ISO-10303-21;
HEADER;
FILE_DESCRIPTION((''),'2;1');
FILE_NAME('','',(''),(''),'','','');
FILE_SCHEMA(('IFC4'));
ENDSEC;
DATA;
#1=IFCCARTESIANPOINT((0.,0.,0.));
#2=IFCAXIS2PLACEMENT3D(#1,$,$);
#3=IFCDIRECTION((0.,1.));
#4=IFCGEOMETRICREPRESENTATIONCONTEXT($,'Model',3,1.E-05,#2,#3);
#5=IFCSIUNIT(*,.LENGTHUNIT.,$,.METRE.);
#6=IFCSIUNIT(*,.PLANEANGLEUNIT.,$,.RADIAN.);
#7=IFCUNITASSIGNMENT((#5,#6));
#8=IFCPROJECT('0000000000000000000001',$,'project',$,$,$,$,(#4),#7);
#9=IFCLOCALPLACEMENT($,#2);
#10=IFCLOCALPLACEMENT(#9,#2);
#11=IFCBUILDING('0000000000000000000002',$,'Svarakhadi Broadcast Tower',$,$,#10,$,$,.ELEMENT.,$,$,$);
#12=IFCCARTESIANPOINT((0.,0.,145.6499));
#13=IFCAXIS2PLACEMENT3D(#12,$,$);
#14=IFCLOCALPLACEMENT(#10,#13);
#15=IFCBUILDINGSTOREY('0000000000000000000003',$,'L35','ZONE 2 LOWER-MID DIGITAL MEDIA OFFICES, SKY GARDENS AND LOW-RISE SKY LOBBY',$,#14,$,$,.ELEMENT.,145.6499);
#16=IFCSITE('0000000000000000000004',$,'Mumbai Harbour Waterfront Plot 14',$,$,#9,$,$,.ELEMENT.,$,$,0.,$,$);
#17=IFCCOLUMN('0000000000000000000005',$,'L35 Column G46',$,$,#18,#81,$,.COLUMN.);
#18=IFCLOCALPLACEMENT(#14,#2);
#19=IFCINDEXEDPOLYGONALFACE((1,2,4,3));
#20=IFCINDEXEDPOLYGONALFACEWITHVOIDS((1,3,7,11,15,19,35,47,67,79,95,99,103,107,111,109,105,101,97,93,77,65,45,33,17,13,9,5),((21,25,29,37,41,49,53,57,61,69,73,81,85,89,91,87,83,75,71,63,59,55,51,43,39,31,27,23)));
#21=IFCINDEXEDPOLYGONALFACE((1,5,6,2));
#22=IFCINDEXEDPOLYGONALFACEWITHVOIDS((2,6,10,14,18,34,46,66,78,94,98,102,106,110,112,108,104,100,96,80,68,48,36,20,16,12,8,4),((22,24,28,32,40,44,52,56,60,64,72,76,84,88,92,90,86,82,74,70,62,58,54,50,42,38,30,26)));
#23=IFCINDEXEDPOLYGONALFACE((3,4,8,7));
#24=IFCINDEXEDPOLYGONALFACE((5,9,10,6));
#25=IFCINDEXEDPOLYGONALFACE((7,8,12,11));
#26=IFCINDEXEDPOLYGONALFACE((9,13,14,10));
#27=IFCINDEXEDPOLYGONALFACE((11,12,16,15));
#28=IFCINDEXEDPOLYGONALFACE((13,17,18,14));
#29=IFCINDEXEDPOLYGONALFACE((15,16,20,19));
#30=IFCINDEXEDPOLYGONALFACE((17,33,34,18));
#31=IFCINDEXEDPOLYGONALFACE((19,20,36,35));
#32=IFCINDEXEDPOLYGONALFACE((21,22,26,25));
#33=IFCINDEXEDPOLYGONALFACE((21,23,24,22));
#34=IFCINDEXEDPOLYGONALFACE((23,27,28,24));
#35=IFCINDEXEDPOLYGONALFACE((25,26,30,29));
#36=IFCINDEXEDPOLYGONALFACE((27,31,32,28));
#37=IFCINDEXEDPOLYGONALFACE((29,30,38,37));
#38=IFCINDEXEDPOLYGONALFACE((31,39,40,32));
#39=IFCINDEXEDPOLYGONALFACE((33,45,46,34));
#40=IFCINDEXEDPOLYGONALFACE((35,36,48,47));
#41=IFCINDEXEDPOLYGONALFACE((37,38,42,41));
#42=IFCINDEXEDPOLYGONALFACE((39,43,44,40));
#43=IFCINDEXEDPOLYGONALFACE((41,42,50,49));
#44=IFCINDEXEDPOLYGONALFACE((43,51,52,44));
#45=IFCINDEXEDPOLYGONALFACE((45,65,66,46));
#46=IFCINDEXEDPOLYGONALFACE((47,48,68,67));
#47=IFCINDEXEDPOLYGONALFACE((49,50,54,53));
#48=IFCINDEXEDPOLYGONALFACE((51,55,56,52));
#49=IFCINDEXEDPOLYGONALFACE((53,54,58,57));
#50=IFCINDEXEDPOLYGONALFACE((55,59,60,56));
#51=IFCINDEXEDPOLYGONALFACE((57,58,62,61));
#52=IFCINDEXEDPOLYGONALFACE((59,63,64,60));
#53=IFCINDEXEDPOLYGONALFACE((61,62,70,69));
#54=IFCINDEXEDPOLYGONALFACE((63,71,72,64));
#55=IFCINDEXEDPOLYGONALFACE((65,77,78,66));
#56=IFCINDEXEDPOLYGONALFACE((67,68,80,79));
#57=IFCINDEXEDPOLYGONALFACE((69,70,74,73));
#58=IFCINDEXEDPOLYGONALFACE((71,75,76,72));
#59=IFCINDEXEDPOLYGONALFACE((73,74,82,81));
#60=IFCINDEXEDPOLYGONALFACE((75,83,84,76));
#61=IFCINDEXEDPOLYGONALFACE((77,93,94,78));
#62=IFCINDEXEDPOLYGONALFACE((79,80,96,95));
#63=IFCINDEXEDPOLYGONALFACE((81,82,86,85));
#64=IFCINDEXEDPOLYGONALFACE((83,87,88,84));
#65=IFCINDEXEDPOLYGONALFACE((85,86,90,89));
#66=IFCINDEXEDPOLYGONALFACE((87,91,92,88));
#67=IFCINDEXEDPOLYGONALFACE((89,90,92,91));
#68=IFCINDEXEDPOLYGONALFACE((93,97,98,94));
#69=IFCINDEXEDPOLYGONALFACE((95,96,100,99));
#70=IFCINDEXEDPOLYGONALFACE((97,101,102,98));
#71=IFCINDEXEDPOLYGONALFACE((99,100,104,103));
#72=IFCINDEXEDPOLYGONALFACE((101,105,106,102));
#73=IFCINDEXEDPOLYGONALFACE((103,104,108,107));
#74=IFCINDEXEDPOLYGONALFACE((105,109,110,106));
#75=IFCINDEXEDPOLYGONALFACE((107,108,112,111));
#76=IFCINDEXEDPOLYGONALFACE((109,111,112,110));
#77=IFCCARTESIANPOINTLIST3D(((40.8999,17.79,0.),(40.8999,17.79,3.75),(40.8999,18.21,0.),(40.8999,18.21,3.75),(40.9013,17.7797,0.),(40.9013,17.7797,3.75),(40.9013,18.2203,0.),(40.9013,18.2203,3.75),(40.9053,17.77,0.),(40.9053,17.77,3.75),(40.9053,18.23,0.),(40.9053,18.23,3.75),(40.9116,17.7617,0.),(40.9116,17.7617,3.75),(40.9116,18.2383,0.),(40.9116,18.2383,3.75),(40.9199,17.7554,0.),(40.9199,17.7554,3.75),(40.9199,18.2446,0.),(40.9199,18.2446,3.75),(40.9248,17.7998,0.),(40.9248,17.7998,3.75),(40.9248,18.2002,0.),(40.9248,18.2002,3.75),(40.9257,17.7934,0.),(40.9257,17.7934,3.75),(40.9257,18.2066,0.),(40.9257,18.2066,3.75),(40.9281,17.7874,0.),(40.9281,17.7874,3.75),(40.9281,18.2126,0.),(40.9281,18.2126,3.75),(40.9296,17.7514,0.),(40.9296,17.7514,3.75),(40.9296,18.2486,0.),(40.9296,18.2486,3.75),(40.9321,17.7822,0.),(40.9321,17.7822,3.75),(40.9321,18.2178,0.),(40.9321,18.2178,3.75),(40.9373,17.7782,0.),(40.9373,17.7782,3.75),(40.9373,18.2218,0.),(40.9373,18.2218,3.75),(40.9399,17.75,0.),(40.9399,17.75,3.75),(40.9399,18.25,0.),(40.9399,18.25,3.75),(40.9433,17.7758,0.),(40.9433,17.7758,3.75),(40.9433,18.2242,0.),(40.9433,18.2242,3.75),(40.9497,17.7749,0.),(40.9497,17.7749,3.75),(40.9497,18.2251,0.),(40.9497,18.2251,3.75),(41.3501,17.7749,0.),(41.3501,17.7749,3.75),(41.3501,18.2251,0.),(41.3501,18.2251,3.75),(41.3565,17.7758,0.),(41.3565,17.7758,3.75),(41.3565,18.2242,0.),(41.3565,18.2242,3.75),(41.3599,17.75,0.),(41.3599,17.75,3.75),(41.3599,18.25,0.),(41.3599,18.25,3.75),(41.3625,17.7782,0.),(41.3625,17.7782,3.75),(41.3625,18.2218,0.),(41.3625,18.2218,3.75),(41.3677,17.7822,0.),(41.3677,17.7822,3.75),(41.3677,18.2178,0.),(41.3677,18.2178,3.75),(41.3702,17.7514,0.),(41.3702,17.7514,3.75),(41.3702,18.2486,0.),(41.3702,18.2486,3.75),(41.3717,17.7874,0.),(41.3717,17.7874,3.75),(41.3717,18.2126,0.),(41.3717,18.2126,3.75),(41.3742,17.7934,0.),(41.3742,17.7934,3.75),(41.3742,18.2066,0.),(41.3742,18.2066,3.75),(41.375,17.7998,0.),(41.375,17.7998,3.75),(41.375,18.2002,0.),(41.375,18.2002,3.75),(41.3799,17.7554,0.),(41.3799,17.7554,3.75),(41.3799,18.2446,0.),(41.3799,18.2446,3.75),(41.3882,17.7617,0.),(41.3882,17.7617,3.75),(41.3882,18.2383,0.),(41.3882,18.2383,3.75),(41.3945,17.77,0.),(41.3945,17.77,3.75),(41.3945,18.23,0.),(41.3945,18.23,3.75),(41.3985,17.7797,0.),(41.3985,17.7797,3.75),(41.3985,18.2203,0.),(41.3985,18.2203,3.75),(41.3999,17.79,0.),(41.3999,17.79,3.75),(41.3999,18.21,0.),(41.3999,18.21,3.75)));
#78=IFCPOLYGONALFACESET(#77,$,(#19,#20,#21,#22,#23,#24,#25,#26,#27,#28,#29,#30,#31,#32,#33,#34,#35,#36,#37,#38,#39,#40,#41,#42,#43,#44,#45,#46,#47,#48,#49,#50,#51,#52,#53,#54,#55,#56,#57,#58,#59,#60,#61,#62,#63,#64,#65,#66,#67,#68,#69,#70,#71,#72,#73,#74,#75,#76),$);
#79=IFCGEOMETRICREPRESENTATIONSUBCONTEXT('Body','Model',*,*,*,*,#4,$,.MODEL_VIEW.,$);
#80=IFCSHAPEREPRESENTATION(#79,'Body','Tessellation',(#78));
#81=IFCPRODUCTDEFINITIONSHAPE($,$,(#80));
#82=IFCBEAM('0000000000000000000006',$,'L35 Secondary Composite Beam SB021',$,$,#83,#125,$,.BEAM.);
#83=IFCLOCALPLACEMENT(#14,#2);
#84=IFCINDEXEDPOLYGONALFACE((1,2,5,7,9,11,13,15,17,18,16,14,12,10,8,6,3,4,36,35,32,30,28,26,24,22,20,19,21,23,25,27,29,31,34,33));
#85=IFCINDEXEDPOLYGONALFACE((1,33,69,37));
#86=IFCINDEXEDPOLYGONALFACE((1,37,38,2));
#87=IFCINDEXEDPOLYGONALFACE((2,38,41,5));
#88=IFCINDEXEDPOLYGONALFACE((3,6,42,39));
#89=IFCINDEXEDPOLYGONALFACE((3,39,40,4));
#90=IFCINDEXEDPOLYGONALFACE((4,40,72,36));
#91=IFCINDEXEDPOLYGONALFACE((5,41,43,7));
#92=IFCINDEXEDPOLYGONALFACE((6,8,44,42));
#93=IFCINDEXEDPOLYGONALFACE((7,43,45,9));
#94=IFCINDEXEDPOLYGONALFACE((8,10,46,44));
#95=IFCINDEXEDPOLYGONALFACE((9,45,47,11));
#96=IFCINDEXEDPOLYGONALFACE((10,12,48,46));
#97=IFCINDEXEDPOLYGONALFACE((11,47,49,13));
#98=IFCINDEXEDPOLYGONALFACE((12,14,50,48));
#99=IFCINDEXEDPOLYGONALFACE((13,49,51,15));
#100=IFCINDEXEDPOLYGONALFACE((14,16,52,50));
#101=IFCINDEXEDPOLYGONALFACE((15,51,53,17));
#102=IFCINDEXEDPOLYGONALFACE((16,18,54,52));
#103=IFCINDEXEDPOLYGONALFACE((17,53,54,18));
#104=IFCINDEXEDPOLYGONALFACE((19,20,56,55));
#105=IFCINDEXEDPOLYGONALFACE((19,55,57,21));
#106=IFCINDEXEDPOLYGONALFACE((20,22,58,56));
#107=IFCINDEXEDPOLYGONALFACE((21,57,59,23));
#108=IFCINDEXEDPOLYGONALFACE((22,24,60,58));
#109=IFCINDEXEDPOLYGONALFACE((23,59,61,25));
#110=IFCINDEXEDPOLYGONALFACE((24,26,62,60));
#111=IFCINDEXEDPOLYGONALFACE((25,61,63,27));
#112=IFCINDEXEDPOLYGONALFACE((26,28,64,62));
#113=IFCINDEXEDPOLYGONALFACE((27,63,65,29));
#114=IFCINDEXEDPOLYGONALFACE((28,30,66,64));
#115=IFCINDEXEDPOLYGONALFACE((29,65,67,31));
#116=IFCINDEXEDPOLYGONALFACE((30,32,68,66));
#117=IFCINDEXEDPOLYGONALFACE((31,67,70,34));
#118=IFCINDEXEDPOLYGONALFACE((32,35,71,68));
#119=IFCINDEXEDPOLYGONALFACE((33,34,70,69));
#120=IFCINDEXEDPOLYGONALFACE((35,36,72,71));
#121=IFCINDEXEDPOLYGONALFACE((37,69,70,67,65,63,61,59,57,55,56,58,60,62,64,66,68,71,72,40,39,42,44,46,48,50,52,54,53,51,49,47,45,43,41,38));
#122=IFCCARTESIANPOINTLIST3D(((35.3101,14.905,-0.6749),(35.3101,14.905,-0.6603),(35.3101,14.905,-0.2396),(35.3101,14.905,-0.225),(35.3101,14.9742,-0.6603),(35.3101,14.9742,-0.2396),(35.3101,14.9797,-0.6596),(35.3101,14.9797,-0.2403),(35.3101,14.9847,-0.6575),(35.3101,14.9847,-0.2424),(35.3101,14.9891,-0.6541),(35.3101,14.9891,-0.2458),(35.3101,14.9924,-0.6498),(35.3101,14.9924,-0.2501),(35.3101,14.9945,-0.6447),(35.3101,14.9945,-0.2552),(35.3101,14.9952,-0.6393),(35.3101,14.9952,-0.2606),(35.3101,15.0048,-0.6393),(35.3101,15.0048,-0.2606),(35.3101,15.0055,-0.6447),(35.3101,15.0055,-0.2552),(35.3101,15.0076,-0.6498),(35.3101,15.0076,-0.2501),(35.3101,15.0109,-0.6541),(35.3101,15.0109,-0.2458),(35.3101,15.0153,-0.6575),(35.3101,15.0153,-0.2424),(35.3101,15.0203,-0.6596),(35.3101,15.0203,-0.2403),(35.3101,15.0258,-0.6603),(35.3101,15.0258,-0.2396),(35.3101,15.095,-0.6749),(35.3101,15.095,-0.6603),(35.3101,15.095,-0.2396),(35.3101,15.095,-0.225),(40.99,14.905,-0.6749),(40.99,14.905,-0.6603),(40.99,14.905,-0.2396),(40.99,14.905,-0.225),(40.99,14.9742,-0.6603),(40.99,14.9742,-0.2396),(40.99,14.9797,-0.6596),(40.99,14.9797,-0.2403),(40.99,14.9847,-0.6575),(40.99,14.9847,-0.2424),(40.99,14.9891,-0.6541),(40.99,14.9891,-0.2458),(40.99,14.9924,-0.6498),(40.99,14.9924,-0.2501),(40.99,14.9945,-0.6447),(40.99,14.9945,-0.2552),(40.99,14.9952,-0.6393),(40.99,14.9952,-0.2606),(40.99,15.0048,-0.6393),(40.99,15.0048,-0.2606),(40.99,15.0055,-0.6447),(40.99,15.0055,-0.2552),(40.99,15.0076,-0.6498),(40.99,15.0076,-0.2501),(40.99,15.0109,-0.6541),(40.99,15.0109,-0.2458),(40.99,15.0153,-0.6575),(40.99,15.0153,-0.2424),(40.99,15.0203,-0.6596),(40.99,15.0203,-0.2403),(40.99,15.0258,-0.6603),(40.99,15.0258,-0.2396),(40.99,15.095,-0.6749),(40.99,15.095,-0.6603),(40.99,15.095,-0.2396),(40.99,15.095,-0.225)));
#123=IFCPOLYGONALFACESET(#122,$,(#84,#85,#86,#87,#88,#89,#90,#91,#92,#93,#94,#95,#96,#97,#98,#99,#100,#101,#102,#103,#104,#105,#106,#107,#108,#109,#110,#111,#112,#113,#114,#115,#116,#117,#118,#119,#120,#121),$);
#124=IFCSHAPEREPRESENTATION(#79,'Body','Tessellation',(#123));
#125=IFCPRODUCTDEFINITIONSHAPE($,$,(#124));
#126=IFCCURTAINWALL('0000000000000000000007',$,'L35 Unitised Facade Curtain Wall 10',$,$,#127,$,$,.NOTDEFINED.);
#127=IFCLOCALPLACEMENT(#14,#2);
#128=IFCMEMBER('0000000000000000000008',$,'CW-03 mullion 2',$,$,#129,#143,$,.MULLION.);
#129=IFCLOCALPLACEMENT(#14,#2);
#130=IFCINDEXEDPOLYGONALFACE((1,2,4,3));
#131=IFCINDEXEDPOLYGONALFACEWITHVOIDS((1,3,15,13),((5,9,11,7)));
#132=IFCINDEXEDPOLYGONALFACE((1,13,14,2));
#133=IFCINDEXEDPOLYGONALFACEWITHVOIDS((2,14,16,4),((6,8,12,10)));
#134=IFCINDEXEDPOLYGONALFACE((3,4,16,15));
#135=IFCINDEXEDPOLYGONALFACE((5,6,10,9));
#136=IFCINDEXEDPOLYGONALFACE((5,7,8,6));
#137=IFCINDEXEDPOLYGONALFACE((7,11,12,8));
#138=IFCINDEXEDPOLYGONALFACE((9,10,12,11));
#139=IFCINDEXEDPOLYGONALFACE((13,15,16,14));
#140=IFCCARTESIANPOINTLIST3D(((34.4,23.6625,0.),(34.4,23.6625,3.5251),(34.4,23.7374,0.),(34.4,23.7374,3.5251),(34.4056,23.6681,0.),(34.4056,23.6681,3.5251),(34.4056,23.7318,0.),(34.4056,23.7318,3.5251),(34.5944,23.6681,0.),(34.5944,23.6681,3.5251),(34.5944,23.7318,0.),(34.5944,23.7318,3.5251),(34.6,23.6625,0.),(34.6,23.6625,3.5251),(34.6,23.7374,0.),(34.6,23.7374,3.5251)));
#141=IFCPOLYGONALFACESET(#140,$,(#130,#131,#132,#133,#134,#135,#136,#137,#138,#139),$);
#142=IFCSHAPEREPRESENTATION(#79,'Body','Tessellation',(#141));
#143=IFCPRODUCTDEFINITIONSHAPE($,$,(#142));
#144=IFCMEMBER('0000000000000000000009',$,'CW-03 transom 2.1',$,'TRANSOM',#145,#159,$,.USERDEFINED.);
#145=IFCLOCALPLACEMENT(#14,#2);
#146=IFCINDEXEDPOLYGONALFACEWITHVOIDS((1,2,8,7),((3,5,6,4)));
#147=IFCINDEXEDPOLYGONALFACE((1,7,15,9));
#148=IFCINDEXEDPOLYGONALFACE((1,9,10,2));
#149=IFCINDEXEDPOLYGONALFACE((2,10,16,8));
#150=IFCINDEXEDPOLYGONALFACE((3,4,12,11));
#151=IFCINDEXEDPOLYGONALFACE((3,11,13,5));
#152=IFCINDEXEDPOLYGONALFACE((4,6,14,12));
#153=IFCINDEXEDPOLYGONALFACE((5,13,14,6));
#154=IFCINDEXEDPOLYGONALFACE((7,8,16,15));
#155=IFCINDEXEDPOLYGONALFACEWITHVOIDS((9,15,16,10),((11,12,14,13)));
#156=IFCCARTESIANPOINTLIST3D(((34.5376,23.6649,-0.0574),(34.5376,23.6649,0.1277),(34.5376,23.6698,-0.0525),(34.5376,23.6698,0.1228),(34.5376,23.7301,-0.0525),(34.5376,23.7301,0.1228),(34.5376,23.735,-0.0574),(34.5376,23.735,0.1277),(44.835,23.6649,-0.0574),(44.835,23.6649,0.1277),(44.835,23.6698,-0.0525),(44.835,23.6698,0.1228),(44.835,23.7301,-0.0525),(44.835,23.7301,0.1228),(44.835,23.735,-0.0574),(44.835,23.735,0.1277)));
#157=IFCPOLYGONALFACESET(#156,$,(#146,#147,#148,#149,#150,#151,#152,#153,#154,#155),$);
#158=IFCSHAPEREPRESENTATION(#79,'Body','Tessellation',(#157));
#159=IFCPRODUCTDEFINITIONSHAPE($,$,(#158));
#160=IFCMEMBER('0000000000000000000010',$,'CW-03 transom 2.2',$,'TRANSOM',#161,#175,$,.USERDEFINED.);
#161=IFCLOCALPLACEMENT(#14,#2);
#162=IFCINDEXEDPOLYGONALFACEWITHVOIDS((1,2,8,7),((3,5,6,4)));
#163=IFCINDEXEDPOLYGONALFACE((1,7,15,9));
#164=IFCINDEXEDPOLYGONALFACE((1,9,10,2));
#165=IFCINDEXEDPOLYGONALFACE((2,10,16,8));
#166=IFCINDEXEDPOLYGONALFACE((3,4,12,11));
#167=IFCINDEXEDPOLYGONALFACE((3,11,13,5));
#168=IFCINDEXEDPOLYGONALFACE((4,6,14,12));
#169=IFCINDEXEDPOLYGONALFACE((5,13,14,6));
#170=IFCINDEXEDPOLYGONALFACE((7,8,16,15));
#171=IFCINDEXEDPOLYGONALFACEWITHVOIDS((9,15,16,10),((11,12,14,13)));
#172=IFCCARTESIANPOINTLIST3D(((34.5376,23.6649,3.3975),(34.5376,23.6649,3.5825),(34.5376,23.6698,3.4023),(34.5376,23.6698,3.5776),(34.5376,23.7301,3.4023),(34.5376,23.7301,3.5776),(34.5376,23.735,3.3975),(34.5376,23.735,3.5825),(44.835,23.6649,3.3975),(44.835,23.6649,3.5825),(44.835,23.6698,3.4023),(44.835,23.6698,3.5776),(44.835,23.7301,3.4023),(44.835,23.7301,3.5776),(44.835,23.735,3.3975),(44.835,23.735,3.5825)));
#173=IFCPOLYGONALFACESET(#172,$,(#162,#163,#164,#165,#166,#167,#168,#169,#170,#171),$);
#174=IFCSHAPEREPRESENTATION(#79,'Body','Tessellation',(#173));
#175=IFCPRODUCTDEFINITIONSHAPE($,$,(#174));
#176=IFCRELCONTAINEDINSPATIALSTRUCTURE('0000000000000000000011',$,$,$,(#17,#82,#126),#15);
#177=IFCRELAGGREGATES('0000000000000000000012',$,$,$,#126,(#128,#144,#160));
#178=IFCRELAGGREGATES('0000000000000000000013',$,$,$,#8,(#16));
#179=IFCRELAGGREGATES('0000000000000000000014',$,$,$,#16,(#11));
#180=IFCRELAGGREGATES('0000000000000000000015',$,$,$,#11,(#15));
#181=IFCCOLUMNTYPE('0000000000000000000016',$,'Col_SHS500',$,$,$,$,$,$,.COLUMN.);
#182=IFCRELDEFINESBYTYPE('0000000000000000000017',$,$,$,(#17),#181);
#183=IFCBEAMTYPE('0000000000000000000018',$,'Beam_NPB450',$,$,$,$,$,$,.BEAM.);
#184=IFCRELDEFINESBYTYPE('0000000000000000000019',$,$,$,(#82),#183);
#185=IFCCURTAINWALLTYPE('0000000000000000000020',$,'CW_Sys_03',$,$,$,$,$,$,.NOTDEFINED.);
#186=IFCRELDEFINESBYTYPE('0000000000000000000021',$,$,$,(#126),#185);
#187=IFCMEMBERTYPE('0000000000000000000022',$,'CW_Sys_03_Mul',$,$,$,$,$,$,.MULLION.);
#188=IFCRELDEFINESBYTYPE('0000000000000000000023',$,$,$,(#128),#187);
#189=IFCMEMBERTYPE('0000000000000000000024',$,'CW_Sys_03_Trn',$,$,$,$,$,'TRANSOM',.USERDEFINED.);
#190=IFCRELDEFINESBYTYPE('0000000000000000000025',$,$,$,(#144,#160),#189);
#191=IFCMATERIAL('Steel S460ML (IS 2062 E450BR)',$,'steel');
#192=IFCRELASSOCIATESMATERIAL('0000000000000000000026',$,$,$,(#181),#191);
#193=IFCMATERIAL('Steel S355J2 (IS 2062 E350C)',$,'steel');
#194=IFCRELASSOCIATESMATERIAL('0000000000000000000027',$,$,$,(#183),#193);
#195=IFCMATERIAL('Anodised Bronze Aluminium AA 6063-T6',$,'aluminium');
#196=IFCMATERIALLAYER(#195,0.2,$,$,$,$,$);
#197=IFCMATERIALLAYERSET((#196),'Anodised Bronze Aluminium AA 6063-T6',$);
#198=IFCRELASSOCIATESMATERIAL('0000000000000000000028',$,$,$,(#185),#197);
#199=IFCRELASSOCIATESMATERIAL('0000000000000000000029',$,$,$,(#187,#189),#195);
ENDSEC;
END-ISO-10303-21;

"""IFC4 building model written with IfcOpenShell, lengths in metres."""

from ifc_helpers import new_model, si_unit, direction, frame, origin, origin_2d, place, context, subcontext, project, spatial, hollow_rectangle, i_section, extrude, material, layer, layer_set, material_profile, profile_set, type_object, element, aggregate, save


model = new_model("IFC4")

# Units and contexts
model_context = context("Model", 3, precision=1e-05, world=origin(), true_north=direction((0.0, 1.0)))
body_context = subcontext(model_context, "Body", "Model", "MODEL_VIEW")
ifc_project = project(units=[si_unit("LENGTHUNIT", "METRE"), si_unit("PLANEANGLEUNIT", "RADIAN")], contexts=[model_context])

# Site, building, storey
site_placement = place(None, origin())
site = spatial("IfcSite", under=ifc_project, at=site_placement, Name="Mumbai Harbour Waterfront Plot 14", CompositionType="ELEMENT", RefElevation=0.0)
building_placement = place(site_placement, origin())
building = spatial("IfcBuilding", under=site, at=building_placement, Name="Svarakhadi Broadcast Tower", CompositionType="ELEMENT")
storey_placement = place(building_placement, frame((0.0, 0.0, 145.6499)))
storey = spatial("IfcBuildingStorey", under=building, at=storey_placement, Name="L35", Description="ZONE 2 LOWER-MID DIGITAL MEDIA OFFICES, SKY GARDENS AND LOW-RISE SKY LOBBY", CompositionType="ELEMENT", Elevation=145.6499)

# Column
ifc_material_1 = material(Name="Steel S460ML (IS 2062 E450BR)", Category="steel")
ifc_material_profile_1 = material_profile(ifc_material_1, hollow_rectangle(XDim=0.5, YDim=0.5, WallThickness=0.0249, InnerFilletRadius=0.0249, OuterFilletRadius=0.04, at=origin_2d()), Name="SHS 500x500x25")
ifc_profile_set_1 = profile_set([ifc_material_profile_1], Name="Steel S460ML (IS 2062 E450BR)")
column_type_1 = type_object("IfcColumnType", Name="Col_SHS500", PredefinedType="COLUMN", material=ifc_profile_set_1)
for number, where, z_axis, x_axis, name in (
    (1, (41.1499, 18.0, 0.0), (0.0, 0.0, 1.0), (1.0, 0.0, 0.0), "L35 Column G46"),
):
    element("IfcColumn", number, at=place(storey_placement, frame(where, z_axis=z_axis, x_axis=x_axis)), inside=storey, type_object=column_type_1, Name=name, PredefinedType="COLUMN", context=body_context, shape_type="SweptSolid", body=[
        extrude(hollow_rectangle(XDim=0.5, YDim=0.5, WallThickness=0.0249, InnerFilletRadius=0.0249, OuterFilletRadius=0.04, at=origin_2d()), origin(), (0.0, 0.0, 1.0), 3.75),
    ])

# Beam
ifc_material_2 = material(Name="Steel S355J2 (IS 2062 E350C)", Category="steel")
ifc_material_profile_2 = material_profile(ifc_material_2, i_section(OverallWidth=0.1899, OverallDepth=0.45, WebThickness=0.0095, FlangeThickness=0.0146, FilletRadius=0.021, at=origin_2d()), Name="NPB 450x190x78")
ifc_profile_set_2 = profile_set([ifc_material_profile_2], Name="Steel S355J2 (IS 2062 E350C)")
beam_type_1 = type_object("IfcBeamType", Name="Beam_NPB450", PredefinedType="BEAM", material=ifc_profile_set_2)
beam_1_placement = place(storey_placement, frame((35.3101, 15.0, -0.45), z_axis=(1.0, 0.0, 0.0), x_axis=(0.0, 1.0, 0.0)))
element("IfcBeam", 2, at=beam_1_placement, inside=storey, type_object=beam_type_1, Name="L35 Secondary Composite Beam SB021", PredefinedType="BEAM", context=body_context, shape_type="SweptSolid", body=[
    extrude(i_section(OverallWidth=0.1899, OverallDepth=0.45, WebThickness=0.0095, FlangeThickness=0.0146, FilletRadius=0.021, at=origin_2d()), origin(), (0.0, 0.0, 1.0), 5.6799),
])

# Curtain wall, members
ifc_material_3 = material(Name="Anodised Bronze Aluminium AA 6063-T6", Category="aluminium")
ifc_layer_1 = layer(ifc_material_3, 0.2)
ifc_layer_set_1 = layer_set([ifc_layer_1], Name="Anodised Bronze Aluminium AA 6063-T6")
curtain_wall_type = type_object("IfcCurtainWallType", Name="CW_Sys_03", PredefinedType="NOTDEFINED", material=ifc_layer_set_1)
curtain_wall_placement = place(storey_placement, origin())
curtain_wall = element("IfcCurtainWall", 3, at=curtain_wall_placement, inside=storey, type_object=curtain_wall_type, Name="L35 Unitised Facade Curtain Wall 10", PredefinedType="NOTDEFINED")
ifc_material_profile_3 = material_profile(ifc_material_3, hollow_rectangle(XDim=0.075, YDim=0.2, WallThickness=0.0056, at=origin_2d()), Name="ALU MULLION 200x75x6")
ifc_profile_set_3 = profile_set([ifc_material_profile_3], Name="Anodised Bronze Aluminium AA 6063-T6")
member_type_1 = type_object("IfcMemberType", Name="CW_Sys_03_Mul", PredefinedType="MULLION", material=ifc_profile_set_3)
member_1_placement = place(storey_placement, frame((34.5, 23.7, 0.0), z_axis=(0.0, 0.0, 1.0), x_axis=(0.0, 1.0, 0.0)))
member_1 = element("IfcMember", 4, at=member_1_placement, type_object=member_type_1, Name="CW-03 mullion 2", PredefinedType="MULLION", context=body_context, shape_type="SweptSolid", body=[
    extrude(hollow_rectangle(XDim=0.075, YDim=0.2, WallThickness=0.0056, at=origin_2d()), origin(), (0.0, 0.0, 1.0), 3.5251),
])
ifc_material_profile_4 = material_profile(ifc_material_3, hollow_rectangle(XDim=0.0701, YDim=0.1851, WallThickness=0.0049, at=origin_2d()), Name="ALU TRANSOM 185x70x5")
ifc_profile_set_4 = profile_set([ifc_material_profile_4], Name="Anodised Bronze Aluminium AA 6063-T6")
member_type_2 = type_object("IfcMemberType", Name="CW_Sys_03_Trn", ElementType="TRANSOM", PredefinedType="USERDEFINED", material=ifc_profile_set_4)
member_2_placement = place(storey_placement, frame((34.5376, 23.7, 0.0352), z_axis=(1.0, 0.0, 0.0), x_axis=(0.0, 1.0, 0.0)))
member_2 = element("IfcMember", 5, at=member_2_placement, type_object=member_type_2, Name="CW-03 transom 2.1", ObjectType="TRANSOM", PredefinedType="USERDEFINED", context=body_context, shape_type="SweptSolid", body=[
    extrude(hollow_rectangle(XDim=0.0701, YDim=0.1851, WallThickness=0.0049, at=origin_2d()), origin(), (0.0, 0.0, 1.0), 10.2974),
])
member_3_placement = place(storey_placement, frame((34.5376, 23.7, 3.49), z_axis=(1.0, 0.0, 0.0), x_axis=(0.0, 1.0, 0.0)))
member_3 = element("IfcMember", 6, at=member_3_placement, type_object=member_type_2, Name="CW-03 transom 2.2", ObjectType="TRANSOM", PredefinedType="USERDEFINED", context=body_context, shape_type="SweptSolid", body=[
    extrude(hollow_rectangle(XDim=0.0701, YDim=0.1851, WallThickness=0.0049, at=origin_2d()), origin(), (0.0, 0.0, 1.0), 10.2974),
])

aggregate(curtain_wall, [member_1, member_2, member_3])

save(model, "model.ifc")
